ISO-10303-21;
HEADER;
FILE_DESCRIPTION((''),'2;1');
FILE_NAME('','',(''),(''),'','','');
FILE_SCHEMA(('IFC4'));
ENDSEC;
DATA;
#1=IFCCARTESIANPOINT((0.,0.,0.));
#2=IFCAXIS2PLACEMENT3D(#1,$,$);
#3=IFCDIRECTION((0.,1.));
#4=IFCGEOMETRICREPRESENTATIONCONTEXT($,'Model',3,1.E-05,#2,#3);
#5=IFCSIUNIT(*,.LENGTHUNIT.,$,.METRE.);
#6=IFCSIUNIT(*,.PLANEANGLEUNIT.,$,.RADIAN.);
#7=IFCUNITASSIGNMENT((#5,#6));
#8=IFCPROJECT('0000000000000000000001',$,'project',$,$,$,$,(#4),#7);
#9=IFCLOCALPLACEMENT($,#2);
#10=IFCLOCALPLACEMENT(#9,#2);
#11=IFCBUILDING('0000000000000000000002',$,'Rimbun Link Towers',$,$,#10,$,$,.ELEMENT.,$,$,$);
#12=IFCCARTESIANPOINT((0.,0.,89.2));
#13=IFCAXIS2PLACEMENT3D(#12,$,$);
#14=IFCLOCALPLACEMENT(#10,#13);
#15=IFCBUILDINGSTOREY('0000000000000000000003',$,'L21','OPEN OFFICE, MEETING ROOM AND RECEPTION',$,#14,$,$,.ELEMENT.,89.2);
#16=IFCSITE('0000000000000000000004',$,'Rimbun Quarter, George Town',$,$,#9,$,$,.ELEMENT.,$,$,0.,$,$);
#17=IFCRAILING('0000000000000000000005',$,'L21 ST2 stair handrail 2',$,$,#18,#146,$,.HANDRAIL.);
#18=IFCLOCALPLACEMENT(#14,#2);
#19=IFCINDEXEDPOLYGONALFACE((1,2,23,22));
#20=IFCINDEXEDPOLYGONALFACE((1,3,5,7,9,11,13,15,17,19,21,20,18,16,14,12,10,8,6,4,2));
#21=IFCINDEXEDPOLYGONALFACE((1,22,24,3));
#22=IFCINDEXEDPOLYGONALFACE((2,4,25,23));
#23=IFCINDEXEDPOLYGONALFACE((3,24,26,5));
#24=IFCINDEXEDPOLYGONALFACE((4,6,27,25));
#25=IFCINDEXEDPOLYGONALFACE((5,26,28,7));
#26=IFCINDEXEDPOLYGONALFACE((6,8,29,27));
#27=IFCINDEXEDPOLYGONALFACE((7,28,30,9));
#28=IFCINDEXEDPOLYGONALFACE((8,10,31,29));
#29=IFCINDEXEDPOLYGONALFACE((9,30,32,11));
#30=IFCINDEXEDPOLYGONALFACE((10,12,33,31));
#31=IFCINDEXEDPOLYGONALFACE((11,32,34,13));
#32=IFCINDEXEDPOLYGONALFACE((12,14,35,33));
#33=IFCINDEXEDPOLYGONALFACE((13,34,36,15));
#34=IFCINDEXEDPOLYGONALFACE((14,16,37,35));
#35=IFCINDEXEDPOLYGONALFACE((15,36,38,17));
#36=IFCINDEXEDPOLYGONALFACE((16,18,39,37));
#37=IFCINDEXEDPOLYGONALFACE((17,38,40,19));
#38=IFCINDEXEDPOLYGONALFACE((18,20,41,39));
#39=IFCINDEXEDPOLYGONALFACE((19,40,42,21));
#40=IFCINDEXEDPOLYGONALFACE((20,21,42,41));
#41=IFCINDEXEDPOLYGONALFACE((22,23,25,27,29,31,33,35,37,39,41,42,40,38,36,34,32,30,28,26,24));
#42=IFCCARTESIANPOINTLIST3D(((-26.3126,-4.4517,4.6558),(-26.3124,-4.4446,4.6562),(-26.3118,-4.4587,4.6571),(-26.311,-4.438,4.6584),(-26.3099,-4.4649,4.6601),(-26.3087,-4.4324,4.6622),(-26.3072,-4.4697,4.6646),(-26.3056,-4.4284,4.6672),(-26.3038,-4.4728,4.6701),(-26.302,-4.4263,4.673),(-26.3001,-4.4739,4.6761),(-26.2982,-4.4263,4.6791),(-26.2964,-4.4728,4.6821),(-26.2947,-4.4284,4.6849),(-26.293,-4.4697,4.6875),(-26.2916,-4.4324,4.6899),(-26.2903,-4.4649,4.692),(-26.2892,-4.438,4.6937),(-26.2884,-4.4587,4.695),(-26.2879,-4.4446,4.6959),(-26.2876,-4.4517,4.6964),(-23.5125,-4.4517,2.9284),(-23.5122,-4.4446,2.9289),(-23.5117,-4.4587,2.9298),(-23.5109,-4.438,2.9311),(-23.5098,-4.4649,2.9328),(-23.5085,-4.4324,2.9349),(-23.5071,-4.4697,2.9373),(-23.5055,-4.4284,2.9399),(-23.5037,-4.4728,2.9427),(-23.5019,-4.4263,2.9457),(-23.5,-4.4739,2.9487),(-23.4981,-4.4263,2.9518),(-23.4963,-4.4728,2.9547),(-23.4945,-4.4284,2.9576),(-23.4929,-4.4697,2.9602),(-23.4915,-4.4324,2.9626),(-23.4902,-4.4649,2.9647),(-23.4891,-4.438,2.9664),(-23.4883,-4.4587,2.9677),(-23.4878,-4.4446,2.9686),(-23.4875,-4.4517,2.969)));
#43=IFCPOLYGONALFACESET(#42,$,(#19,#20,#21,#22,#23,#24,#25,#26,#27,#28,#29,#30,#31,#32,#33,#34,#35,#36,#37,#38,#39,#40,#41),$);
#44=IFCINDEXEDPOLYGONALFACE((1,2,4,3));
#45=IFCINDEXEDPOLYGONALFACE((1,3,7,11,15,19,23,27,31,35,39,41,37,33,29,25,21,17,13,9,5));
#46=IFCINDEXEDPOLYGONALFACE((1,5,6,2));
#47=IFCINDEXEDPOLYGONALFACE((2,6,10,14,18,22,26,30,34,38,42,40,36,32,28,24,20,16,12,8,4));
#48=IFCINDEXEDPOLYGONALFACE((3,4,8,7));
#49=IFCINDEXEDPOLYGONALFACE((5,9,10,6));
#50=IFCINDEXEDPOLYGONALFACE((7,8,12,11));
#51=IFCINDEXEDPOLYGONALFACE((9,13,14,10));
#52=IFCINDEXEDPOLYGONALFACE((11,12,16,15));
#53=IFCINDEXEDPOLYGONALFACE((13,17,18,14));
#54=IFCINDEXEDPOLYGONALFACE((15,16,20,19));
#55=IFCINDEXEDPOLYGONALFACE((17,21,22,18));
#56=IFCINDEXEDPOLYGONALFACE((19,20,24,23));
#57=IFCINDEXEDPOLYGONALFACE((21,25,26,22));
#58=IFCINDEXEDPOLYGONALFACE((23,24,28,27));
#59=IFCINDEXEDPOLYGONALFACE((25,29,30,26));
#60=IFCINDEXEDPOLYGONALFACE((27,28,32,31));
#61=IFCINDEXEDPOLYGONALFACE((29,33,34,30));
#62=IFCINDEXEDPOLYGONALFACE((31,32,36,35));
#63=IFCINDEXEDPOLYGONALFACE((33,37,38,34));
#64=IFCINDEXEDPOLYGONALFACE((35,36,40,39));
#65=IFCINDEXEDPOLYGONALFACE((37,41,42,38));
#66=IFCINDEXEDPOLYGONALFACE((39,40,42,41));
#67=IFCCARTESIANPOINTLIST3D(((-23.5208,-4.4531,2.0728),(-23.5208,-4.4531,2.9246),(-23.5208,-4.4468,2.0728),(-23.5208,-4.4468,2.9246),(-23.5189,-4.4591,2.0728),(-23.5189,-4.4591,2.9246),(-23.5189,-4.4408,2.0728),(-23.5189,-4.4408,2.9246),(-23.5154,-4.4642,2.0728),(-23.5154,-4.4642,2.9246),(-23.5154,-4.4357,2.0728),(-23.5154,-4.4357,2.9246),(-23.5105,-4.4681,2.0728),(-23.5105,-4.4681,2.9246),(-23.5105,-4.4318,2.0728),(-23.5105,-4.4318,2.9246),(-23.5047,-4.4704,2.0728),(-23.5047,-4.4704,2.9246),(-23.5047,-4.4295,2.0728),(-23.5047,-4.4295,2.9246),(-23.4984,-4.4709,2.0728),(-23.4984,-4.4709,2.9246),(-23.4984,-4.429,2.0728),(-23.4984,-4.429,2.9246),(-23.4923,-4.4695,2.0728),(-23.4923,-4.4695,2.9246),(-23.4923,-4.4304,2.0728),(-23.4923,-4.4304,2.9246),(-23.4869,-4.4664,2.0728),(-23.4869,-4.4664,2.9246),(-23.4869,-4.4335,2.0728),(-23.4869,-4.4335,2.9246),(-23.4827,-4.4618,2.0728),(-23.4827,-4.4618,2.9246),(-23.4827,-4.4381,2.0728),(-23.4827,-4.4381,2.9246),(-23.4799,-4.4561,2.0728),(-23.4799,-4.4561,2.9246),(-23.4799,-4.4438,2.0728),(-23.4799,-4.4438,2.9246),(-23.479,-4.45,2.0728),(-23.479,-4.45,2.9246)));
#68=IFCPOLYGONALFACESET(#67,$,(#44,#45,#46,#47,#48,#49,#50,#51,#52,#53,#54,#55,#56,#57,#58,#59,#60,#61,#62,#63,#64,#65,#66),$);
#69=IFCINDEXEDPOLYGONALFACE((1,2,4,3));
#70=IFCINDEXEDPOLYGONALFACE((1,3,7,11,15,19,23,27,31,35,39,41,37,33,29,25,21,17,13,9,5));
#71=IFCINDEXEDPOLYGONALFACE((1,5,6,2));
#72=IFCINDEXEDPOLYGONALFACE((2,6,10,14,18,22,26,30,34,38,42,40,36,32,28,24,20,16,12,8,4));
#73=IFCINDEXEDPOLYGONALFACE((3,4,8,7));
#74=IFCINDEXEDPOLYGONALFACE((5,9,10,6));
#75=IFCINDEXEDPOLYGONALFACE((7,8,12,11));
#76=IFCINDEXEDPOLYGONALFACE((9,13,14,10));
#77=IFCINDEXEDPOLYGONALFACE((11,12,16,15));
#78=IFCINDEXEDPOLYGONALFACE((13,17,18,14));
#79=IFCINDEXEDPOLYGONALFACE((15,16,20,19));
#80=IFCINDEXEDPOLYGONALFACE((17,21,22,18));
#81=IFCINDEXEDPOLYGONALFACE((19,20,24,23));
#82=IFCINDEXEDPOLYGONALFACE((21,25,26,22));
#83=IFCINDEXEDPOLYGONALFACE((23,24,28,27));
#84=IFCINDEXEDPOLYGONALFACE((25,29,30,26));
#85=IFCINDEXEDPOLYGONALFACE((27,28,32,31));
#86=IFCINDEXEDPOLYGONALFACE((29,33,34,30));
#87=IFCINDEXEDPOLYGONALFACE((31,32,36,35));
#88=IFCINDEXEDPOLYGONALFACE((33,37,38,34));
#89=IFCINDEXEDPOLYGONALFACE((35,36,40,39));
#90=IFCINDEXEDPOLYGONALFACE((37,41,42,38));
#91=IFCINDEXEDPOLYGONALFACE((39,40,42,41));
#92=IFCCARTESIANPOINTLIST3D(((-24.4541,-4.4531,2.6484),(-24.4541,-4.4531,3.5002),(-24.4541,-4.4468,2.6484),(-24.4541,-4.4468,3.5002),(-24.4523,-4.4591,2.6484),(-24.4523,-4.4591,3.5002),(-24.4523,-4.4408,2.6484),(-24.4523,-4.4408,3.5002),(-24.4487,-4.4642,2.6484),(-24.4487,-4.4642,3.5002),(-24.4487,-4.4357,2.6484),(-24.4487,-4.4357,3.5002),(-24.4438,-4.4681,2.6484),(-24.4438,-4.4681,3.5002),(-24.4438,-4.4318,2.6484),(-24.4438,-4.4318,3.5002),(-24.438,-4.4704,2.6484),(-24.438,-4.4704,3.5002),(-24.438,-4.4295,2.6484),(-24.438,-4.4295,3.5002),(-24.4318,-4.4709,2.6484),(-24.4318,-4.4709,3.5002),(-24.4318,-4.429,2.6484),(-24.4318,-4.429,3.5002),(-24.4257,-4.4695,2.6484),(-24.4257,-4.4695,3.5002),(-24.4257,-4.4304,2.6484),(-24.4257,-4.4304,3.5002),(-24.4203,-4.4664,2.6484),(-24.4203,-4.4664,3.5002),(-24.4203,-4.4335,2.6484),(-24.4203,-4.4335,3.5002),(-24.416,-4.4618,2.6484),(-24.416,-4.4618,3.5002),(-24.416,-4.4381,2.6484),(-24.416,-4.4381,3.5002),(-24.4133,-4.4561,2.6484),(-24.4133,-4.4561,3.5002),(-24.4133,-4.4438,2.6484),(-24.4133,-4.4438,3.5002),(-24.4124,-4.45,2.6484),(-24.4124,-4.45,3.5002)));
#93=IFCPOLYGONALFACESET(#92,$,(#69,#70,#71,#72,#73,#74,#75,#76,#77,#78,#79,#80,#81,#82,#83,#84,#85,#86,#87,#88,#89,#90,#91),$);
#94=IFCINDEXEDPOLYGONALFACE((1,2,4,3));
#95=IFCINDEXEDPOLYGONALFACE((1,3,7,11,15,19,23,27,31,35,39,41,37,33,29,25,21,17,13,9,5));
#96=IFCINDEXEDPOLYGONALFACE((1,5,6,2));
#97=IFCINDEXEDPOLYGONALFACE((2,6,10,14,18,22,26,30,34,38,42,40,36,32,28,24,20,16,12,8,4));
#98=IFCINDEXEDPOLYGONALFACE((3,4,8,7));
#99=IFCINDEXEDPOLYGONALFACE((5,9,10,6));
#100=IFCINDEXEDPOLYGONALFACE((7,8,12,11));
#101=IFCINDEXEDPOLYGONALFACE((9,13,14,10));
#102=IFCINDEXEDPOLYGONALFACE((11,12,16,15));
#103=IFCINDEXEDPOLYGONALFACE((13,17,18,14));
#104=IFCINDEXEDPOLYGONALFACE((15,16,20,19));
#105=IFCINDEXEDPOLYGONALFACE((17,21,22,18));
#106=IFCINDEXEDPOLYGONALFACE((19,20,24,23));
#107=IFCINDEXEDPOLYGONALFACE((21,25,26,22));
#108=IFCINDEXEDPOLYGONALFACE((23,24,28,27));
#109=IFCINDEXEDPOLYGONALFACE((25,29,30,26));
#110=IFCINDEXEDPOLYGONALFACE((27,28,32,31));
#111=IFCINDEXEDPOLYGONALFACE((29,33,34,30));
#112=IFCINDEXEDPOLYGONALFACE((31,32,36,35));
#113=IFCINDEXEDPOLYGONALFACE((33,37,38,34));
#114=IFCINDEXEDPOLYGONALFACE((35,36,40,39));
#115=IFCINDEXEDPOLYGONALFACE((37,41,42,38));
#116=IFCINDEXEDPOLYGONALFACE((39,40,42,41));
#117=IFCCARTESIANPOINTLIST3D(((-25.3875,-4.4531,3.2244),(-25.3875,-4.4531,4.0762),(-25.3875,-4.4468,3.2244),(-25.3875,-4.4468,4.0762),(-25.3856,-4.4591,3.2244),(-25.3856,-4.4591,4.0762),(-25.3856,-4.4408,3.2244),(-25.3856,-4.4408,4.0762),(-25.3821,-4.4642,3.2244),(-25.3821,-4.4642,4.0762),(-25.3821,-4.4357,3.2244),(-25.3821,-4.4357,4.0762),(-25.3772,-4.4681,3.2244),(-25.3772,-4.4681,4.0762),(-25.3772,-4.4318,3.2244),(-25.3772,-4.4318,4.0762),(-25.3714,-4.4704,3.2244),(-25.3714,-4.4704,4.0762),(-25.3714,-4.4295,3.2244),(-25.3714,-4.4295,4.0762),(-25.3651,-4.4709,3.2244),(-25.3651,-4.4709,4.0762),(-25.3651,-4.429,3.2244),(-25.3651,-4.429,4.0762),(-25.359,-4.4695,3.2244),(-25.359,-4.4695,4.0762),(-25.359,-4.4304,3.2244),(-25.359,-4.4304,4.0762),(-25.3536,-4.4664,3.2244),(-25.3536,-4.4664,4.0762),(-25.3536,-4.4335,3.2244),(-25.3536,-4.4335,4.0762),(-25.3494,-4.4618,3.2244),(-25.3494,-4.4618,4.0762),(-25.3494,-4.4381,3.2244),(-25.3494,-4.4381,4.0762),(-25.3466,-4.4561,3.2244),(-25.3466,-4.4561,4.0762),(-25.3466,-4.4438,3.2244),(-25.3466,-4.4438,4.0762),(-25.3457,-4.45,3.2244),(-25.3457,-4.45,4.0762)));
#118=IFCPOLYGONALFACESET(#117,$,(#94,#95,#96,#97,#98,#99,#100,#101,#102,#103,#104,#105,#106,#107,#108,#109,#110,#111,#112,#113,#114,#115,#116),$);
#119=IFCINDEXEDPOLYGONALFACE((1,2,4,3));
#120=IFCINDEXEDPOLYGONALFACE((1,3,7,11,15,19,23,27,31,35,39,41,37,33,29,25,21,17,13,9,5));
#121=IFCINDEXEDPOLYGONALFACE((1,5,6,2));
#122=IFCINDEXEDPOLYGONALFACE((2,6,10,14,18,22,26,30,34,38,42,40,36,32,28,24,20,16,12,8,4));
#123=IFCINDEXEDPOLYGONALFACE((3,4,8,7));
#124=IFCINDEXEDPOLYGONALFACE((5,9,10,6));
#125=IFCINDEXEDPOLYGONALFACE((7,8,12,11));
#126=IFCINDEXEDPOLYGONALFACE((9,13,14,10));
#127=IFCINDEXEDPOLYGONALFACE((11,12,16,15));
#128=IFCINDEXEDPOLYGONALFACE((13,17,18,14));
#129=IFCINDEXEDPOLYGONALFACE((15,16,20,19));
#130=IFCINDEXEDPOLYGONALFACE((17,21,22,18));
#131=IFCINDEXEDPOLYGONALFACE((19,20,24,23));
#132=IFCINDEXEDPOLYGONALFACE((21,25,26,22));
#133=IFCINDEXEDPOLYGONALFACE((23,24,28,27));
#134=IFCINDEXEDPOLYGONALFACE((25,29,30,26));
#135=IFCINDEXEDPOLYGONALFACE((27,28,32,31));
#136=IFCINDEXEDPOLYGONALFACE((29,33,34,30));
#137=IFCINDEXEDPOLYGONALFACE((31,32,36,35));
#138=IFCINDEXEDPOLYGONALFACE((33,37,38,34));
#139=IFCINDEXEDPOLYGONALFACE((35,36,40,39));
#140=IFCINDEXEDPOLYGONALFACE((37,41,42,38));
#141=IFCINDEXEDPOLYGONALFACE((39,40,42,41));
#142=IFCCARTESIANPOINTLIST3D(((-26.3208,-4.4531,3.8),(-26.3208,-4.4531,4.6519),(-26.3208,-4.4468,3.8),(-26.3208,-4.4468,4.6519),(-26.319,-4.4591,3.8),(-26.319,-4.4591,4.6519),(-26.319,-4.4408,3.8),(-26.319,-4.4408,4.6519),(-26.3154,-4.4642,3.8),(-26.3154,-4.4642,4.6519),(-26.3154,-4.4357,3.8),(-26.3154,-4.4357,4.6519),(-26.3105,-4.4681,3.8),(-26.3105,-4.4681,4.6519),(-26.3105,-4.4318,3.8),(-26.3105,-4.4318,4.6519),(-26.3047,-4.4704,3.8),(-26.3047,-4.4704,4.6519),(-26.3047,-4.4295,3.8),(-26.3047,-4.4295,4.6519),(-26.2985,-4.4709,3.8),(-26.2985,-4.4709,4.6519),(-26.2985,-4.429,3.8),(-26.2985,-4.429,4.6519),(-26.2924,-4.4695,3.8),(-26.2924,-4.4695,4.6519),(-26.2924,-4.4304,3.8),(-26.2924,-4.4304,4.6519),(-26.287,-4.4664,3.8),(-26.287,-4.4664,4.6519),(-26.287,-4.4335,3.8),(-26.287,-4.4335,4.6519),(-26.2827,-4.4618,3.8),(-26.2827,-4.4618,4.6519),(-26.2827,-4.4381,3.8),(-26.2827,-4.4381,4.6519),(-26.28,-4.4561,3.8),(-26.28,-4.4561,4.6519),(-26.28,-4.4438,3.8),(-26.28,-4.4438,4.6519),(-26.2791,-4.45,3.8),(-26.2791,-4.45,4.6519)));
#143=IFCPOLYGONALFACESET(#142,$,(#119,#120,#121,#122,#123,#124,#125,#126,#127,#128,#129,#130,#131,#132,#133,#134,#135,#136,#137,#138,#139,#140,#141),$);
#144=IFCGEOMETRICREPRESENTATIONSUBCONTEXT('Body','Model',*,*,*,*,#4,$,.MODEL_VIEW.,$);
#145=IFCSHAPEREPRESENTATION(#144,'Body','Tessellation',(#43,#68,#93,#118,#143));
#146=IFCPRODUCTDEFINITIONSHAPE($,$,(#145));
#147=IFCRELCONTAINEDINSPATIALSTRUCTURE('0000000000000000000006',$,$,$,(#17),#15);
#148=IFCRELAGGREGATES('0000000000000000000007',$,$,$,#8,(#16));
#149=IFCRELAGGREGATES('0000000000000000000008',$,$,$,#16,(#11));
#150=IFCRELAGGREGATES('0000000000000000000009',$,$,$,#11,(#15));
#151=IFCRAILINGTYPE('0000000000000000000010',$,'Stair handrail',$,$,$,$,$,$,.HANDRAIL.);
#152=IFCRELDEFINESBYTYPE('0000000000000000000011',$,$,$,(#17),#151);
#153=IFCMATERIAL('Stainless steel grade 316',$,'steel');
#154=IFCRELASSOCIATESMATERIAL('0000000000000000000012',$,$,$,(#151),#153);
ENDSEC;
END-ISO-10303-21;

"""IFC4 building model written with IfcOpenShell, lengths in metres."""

from ifc_helpers import new_model, si_unit, direction, frame, origin, origin_2d, place, context, subcontext, project, spatial, circle, extrude, material, type_object, element, save


model = new_model("IFC4")

# Units and contexts
model_context = context("Model", 3, precision=1e-05, world=origin(), true_north=direction((0.0, 1.0)))
body_context = subcontext(model_context, "Body", "Model", "MODEL_VIEW")
ifc_project = project(units=[si_unit("LENGTHUNIT", "METRE"), si_unit("PLANEANGLEUNIT", "RADIAN")], contexts=[model_context])

# Site, building, storey
site_placement = place(None, origin())
site = spatial("IfcSite", under=ifc_project, at=site_placement, Name="Rimbun Quarter, George Town", CompositionType="ELEMENT", RefElevation=0.0)
building_placement = place(site_placement, origin())
building = spatial("IfcBuilding", under=site, at=building_placement, Name="Rimbun Link Towers", CompositionType="ELEMENT")
storey_placement = place(building_placement, frame((0.0, 0.0, 89.2)))
storey = spatial("IfcBuildingStorey", under=building, at=storey_placement, Name="L21", Description="OPEN OFFICE, MEETING ROOM AND RECEPTION", CompositionType="ELEMENT", Elevation=89.2)

# Railing
ifc_material_1 = material(Name="Stainless steel grade 316", Category="steel")
railing_type_1 = type_object("IfcRailingType", Name="Stair handrail", PredefinedType="HANDRAIL", material=ifc_material_1)
railing_1_placement = place(storey_placement, frame((-23.5, -4.45, 2.0728)))
element("IfcRailing", 1, at=railing_1_placement, inside=storey, type_object=railing_type_1, Name="L21 ST2 stair handrail 2", PredefinedType="HANDRAIL", context=body_context, shape_type="SweptSolid", body=[
    extrude(circle(Radius=0.0239, at=origin_2d()), frame((0.0, 0.0, 0.876), z_axis=(-0.85109, 0.0, 0.52502), x_axis=(0.0, -1.0, 0.0)), (0.0, 0.0, 1.0), 3.29),
    extrude(circle(Radius=0.021, at=origin_2d()), origin(), (0.0, 0.0, 1.0), 0.8518),
    extrude(circle(Radius=0.021, at=origin_2d()), frame((-0.9333, 0.0, 0.5757)), (0.0, 0.0, 1.0), 0.8518),
    extrude(circle(Radius=0.021, at=origin_2d()), frame((-1.8667, 0.0, 1.1516)), (0.0, 0.0, 1.0), 0.8518),
    extrude(circle(Radius=0.021, at=origin_2d()), frame((-2.8, 0.0, 1.7273)), (0.0, 0.0, 1.0), 0.8518),
])

save(model, "model.ifc")
